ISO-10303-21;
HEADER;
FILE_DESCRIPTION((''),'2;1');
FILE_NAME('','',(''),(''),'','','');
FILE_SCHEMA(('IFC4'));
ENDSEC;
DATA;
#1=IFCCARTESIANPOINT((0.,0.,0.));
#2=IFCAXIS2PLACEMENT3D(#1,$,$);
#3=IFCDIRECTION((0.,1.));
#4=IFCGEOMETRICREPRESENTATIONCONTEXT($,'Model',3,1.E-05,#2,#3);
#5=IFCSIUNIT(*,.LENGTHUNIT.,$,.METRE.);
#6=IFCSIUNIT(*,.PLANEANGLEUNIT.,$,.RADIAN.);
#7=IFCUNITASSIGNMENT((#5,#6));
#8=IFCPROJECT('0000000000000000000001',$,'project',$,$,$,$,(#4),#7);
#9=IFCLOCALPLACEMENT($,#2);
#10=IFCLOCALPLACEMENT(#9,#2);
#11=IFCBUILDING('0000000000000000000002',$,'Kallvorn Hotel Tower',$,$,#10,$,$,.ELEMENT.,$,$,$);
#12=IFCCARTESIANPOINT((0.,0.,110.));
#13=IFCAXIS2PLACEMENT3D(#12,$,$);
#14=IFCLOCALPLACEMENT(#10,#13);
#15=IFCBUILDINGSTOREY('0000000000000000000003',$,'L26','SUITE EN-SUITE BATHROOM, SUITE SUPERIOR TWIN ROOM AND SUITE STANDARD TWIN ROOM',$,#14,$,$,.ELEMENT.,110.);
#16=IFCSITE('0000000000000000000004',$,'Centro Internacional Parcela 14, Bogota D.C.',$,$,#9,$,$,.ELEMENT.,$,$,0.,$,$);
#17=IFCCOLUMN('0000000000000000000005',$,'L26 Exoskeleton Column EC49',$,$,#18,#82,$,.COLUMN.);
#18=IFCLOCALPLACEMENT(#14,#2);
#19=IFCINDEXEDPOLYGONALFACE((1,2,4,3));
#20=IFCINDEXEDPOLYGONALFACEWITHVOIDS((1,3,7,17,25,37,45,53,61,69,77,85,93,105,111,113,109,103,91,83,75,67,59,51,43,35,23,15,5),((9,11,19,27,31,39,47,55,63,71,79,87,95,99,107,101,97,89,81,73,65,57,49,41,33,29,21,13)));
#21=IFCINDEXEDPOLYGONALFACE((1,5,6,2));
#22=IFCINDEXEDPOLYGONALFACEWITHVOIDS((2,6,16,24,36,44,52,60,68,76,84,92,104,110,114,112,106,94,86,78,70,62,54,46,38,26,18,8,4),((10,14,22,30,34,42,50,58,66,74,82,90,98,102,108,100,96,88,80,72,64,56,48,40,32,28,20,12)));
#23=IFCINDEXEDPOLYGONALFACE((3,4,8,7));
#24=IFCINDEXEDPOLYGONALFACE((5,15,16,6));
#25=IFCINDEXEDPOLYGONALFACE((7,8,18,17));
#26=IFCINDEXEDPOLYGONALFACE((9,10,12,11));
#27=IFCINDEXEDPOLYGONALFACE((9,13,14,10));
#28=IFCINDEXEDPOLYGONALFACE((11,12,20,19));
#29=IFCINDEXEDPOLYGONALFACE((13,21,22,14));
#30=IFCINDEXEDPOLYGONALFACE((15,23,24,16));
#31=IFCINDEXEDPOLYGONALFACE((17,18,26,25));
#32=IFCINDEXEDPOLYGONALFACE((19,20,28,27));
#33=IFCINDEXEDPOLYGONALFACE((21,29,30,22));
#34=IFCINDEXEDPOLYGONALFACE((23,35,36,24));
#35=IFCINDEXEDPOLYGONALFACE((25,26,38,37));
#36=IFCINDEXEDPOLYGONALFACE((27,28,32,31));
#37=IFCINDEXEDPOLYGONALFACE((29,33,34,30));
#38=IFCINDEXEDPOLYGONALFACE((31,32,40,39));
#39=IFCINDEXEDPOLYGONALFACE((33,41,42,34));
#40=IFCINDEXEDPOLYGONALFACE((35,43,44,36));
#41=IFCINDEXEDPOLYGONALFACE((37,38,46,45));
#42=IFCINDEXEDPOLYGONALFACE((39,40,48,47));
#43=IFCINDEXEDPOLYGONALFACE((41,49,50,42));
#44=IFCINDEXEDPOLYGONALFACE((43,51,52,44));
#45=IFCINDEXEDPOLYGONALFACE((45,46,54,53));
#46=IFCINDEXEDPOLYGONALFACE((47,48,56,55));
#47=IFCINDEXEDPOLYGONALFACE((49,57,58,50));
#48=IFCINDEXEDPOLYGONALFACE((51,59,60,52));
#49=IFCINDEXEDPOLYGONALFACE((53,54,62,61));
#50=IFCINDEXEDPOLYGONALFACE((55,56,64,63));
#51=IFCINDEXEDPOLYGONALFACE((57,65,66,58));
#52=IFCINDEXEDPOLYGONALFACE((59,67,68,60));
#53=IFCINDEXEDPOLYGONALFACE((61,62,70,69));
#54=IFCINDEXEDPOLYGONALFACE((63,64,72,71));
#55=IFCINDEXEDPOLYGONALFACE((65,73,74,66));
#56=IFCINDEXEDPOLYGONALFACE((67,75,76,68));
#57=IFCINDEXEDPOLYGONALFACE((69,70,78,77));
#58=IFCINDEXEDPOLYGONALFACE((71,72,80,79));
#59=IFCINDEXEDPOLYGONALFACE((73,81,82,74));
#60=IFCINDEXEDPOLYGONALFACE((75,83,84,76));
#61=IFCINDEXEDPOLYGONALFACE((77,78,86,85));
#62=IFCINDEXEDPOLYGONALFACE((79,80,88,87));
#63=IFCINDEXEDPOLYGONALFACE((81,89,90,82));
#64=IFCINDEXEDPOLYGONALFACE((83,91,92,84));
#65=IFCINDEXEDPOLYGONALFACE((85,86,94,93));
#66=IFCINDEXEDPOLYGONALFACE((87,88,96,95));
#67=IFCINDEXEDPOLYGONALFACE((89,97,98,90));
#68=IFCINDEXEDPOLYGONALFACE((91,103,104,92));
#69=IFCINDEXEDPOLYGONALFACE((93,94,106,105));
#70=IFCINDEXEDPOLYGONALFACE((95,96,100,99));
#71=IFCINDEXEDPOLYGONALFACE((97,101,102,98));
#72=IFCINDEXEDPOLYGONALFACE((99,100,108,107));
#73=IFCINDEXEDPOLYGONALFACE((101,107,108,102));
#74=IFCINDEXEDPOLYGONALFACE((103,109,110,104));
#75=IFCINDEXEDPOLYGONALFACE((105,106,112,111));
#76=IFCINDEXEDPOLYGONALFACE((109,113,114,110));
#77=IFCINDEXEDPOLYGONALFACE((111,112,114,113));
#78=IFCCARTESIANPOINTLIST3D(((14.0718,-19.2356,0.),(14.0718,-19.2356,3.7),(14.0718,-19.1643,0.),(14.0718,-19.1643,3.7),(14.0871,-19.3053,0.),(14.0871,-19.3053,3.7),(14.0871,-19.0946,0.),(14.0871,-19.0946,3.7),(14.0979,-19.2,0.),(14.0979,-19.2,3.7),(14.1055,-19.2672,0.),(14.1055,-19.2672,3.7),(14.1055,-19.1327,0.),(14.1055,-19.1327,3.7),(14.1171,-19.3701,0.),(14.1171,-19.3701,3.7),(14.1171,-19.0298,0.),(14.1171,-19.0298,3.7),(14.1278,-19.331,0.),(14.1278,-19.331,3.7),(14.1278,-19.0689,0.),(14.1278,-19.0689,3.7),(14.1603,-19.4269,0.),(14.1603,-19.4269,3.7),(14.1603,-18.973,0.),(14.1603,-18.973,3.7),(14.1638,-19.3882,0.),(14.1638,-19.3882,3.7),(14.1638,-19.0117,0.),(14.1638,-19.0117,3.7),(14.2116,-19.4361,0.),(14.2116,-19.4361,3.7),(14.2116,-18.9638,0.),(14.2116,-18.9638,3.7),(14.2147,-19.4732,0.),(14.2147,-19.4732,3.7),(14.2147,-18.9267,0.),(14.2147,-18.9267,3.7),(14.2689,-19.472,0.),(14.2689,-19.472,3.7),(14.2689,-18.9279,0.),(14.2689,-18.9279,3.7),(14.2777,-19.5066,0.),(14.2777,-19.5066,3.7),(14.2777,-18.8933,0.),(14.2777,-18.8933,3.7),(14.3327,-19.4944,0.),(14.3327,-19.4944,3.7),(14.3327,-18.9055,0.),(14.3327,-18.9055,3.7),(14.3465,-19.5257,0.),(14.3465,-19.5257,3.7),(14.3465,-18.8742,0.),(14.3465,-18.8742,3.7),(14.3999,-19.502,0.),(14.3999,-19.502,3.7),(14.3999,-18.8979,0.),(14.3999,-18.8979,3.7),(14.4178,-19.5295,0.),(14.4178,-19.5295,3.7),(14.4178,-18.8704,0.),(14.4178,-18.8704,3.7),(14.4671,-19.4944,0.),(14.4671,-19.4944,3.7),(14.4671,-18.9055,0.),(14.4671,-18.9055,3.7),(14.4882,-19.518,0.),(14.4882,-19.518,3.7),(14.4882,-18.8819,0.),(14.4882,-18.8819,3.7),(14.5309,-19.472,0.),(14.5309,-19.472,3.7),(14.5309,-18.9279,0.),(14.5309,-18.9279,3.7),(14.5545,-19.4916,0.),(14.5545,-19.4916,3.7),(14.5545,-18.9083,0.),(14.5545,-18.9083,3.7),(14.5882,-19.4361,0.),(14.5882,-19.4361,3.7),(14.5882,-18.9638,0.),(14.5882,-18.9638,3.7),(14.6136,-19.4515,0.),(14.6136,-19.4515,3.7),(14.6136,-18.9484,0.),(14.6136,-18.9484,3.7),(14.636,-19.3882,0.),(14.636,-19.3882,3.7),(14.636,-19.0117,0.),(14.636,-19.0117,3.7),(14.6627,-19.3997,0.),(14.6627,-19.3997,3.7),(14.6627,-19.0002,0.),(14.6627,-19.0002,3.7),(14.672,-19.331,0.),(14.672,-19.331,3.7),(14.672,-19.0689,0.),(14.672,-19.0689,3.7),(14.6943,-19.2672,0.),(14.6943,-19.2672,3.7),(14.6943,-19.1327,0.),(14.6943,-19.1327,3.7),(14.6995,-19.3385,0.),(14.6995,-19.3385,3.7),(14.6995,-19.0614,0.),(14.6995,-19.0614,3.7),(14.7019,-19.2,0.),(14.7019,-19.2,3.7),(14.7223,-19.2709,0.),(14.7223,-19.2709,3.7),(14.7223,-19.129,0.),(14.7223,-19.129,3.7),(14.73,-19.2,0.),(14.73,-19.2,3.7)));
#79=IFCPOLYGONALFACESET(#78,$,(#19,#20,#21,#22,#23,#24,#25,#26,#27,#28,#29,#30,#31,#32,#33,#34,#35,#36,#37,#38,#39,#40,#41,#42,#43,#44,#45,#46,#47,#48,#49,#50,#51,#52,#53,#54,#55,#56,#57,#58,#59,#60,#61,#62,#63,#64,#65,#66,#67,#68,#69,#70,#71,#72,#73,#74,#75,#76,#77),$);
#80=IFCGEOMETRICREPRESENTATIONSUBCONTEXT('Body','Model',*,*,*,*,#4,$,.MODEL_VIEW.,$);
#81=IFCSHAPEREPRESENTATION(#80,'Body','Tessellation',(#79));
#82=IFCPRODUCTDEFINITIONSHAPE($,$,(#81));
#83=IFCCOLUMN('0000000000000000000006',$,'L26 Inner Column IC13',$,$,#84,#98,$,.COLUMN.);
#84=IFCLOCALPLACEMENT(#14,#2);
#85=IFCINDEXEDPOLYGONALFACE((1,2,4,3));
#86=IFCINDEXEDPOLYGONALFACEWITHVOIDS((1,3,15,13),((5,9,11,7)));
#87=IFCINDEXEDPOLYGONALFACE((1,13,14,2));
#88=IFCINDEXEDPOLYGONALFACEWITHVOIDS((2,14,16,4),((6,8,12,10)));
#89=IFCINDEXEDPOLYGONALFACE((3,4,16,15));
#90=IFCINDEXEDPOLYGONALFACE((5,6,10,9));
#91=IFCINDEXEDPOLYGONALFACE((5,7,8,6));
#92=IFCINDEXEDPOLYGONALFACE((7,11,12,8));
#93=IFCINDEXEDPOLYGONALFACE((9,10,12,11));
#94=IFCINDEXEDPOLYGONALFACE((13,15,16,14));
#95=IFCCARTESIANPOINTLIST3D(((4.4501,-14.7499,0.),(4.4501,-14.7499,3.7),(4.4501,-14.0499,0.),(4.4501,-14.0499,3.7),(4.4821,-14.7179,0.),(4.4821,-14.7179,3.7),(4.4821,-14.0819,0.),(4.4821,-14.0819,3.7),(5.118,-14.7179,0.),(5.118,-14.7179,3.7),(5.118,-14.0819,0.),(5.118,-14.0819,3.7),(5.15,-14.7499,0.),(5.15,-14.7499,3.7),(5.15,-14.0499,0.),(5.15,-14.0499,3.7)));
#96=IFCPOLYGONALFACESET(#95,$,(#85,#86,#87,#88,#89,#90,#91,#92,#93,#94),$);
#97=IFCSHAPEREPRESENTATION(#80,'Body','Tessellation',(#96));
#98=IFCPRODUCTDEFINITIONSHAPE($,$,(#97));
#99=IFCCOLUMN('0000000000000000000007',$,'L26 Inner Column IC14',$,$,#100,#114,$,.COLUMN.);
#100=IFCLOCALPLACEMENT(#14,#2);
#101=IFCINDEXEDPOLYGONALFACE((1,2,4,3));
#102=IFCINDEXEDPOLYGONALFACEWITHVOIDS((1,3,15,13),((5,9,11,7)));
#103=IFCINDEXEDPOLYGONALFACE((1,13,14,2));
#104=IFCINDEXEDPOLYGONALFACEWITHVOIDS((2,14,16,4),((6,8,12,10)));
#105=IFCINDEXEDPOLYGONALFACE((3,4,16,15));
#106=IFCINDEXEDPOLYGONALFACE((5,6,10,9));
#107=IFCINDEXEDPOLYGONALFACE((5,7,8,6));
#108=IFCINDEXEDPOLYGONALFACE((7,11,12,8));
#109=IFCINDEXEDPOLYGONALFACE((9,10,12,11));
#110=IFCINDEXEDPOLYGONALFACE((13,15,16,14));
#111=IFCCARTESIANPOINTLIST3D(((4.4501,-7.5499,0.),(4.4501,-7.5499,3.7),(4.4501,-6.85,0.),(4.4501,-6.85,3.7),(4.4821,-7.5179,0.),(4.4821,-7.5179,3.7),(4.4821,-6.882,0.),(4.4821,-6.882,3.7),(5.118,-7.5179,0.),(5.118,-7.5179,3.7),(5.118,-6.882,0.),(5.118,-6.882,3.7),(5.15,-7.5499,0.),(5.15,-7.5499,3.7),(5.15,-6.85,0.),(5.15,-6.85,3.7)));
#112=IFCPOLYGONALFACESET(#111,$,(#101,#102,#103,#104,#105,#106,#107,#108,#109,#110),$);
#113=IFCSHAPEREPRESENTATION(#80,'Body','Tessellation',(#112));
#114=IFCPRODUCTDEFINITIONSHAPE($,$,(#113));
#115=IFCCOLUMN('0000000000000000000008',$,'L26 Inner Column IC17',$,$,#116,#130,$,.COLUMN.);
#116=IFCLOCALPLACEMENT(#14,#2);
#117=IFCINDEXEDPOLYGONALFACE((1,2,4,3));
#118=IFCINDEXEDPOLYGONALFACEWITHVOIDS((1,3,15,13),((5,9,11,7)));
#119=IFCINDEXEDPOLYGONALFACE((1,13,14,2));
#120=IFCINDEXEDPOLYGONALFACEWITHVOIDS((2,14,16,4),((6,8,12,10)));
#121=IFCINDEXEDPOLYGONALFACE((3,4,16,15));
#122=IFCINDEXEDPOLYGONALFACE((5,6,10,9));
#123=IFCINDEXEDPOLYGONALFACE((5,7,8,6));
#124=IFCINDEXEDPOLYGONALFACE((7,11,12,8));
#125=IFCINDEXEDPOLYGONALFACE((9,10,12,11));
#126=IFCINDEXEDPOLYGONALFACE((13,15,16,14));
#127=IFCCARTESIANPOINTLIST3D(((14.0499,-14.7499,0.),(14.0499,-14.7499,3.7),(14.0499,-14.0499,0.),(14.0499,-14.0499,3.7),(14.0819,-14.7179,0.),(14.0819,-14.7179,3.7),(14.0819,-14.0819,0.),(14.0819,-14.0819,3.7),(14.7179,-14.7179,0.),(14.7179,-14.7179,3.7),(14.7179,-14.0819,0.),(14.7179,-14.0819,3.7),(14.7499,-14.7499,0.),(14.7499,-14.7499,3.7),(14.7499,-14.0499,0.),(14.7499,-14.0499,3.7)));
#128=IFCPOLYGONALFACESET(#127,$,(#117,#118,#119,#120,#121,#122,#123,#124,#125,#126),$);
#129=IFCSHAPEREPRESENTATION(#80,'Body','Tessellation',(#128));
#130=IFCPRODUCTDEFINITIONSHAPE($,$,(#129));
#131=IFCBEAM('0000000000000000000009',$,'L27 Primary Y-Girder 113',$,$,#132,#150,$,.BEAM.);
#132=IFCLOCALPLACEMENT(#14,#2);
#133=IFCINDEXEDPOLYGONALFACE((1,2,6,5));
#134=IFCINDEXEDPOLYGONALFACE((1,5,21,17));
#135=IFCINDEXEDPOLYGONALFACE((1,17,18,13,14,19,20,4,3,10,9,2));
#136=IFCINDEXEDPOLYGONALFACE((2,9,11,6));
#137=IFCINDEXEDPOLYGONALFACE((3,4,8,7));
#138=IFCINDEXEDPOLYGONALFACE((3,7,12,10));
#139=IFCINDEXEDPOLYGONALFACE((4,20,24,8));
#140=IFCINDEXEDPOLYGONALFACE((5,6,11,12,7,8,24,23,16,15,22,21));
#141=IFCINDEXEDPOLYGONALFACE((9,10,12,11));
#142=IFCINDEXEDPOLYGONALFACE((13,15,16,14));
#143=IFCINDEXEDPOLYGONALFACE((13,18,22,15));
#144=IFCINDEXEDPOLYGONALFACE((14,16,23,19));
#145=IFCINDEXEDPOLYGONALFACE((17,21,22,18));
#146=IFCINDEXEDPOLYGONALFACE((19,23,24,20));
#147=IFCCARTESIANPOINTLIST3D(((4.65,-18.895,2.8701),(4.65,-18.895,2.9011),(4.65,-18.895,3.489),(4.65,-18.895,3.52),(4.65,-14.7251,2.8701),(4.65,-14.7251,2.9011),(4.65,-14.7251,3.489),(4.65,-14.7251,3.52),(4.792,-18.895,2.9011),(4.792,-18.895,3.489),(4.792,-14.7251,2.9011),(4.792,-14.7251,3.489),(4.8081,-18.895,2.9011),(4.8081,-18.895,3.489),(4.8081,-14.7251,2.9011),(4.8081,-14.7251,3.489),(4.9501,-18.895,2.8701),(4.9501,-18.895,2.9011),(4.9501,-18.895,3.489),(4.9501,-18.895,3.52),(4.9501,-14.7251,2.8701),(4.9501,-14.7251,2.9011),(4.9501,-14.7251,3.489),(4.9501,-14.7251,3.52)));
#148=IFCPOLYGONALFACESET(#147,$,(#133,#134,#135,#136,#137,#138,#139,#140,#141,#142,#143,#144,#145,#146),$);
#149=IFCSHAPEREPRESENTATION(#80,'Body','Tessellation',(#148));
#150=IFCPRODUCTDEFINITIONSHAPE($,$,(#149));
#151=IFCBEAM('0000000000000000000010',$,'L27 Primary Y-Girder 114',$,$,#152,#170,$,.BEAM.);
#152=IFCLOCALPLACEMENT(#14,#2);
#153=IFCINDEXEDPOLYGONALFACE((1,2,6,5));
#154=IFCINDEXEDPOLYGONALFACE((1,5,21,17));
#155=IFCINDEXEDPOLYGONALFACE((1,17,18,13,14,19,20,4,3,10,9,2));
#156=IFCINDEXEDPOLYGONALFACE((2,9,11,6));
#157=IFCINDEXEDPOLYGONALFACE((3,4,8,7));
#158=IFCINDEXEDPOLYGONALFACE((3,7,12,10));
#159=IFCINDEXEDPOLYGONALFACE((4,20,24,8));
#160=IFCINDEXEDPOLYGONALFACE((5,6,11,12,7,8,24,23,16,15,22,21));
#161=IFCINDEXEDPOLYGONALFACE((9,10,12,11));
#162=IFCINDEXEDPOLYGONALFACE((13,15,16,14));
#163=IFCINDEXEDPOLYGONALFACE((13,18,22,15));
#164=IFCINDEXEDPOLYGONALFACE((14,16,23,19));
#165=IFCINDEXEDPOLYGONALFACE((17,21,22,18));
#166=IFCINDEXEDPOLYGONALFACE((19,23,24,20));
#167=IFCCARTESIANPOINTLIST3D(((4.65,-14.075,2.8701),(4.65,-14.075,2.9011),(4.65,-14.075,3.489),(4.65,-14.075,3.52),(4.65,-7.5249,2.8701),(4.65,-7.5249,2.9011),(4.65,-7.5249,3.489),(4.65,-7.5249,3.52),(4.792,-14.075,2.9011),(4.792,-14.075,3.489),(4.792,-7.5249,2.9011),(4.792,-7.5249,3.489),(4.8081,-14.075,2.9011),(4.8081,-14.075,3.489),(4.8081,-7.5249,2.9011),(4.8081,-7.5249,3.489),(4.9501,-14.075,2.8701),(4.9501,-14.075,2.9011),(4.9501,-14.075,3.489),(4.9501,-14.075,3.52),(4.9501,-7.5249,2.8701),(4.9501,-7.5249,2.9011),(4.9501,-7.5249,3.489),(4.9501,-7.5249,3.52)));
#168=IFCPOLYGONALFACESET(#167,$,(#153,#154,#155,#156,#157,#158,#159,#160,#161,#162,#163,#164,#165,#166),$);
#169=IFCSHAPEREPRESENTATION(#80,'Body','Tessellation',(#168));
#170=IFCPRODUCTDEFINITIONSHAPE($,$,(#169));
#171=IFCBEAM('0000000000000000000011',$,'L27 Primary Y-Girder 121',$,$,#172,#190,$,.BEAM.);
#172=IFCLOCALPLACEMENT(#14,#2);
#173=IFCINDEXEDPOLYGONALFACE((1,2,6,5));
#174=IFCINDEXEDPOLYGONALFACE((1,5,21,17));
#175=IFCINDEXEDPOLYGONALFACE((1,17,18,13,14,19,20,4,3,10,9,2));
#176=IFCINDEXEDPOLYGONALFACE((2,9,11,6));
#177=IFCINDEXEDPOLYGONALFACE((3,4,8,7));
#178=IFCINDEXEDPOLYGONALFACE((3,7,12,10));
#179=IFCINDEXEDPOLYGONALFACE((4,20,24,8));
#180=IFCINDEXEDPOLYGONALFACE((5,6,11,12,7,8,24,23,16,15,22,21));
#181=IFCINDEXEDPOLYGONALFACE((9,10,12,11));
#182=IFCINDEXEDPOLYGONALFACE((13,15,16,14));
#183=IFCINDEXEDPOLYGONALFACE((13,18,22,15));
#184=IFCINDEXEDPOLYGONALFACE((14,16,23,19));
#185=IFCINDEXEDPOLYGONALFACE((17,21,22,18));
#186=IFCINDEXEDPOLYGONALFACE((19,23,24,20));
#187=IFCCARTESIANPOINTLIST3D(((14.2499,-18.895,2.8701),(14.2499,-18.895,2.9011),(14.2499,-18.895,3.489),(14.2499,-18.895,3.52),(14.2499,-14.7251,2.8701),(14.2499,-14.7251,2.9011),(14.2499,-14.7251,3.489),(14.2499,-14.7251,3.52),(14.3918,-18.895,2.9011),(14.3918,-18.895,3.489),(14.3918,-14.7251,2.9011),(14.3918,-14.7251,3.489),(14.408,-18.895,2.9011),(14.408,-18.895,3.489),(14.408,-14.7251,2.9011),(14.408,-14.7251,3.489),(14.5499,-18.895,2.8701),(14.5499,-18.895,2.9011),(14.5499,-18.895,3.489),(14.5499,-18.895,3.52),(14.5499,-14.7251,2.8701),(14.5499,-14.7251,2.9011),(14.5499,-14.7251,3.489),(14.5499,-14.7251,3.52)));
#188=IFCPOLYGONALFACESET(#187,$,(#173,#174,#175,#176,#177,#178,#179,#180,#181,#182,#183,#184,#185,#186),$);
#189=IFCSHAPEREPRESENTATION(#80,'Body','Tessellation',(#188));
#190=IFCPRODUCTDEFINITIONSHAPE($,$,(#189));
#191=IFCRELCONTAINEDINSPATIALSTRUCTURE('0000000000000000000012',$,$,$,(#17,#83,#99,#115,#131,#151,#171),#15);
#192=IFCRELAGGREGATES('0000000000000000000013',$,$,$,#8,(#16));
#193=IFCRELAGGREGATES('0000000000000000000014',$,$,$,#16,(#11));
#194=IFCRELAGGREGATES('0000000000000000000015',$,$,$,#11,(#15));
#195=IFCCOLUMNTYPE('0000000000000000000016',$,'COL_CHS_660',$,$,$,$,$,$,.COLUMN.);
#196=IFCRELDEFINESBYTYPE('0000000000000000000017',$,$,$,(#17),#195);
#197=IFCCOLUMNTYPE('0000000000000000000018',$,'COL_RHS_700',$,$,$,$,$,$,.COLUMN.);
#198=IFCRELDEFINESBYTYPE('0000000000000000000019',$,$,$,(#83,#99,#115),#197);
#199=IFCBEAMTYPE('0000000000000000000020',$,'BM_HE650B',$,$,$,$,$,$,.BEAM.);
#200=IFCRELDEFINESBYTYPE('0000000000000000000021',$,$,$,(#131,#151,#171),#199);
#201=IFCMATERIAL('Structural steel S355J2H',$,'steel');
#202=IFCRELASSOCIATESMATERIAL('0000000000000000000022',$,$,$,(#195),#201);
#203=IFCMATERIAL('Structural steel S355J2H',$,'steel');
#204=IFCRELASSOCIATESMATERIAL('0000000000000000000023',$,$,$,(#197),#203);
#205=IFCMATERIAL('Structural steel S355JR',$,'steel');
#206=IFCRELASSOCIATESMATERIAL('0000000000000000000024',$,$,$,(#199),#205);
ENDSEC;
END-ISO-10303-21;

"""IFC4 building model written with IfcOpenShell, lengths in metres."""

from ifc_helpers import new_model, si_unit, direction, frame, origin, origin_2d, place, context, subcontext, project, spatial, hollow_rectangle, hollow_circle, i_section, extrude, material, material_profile, profile_set, type_object, element, save


model = new_model("IFC4")

# Units and contexts
model_context = context("Model", 3, precision=1e-05, world=origin(), true_north=direction((0.0, 1.0)))
body_context = subcontext(model_context, "Body", "Model", "MODEL_VIEW")
ifc_project = project(units=[si_unit("LENGTHUNIT", "METRE"), si_unit("PLANEANGLEUNIT", "RADIAN")], contexts=[model_context])

# Site, building, storey
site_placement = place(None, origin())
site = spatial("IfcSite", under=ifc_project, at=site_placement, Name="Centro Internacional Parcela 14, Bogota D.C.", CompositionType="ELEMENT", RefElevation=0.0)
building_placement = place(site_placement, origin())
building = spatial("IfcBuilding", under=site, at=building_placement, Name="Kallvorn Hotel Tower", CompositionType="ELEMENT")
storey_placement = place(building_placement, frame((0.0, 0.0, 110.0)))
storey = spatial("IfcBuildingStorey", under=building, at=storey_placement, Name="L26", Description="SUITE EN-SUITE BATHROOM, SUITE SUPERIOR TWIN ROOM AND SUITE STANDARD TWIN ROOM", CompositionType="ELEMENT", Elevation=110.0)

# Columns
ifc_material_1 = material(Name="Structural steel S355J2H", Category="steel")
ifc_material_profile_1 = material_profile(ifc_material_1, hollow_circle(Radius=0.3301, WallThickness=0.0281, at=origin_2d()), Name="CHS 660x28")
ifc_profile_set_1 = profile_set([ifc_material_profile_1], Name="Structural steel S355J2H")
column_type_1 = type_object("IfcColumnType", Name="COL_CHS_660", PredefinedType="COLUMN", material=ifc_profile_set_1)
for number, where, z_axis, x_axis, name in (
    (1, (14.3999, -19.2, 0.0), (0.0, 0.0, 1.0), (1.0, 0.0, 0.0), "L26 Exoskeleton Column EC49"),
):
    element("IfcColumn", number, at=place(storey_placement, frame(where, z_axis=z_axis, x_axis=x_axis)), inside=storey, type_object=column_type_1, Name=name, PredefinedType="COLUMN", context=body_context, shape_type="SweptSolid", body=[
        extrude(hollow_circle(Radius=0.3301, WallThickness=0.0281, at=origin_2d()), origin(), (0.0, 0.0, 1.0), 3.7),
    ])
ifc_material_2 = material(Name="Structural steel S355J2H", Category="steel")
ifc_material_profile_2 = material_profile(ifc_material_2, hollow_rectangle(XDim=0.7, YDim=0.7, WallThickness=0.032, at=origin_2d()), Name="RHS 700x700x32")
ifc_profile_set_2 = profile_set([ifc_material_profile_2], Name="Structural steel S355J2H")
column_type_2 = type_object("IfcColumnType", Name="COL_RHS_700", PredefinedType="COLUMN", material=ifc_profile_set_2)
for number, where, z_axis, x_axis, name in (
    (2, (4.8, -14.3999, 0.0), (0.0, 0.0, 1.0), (1.0, 0.0, 0.0), "L26 Inner Column IC13"),
    (3, (4.8, -7.2, 0.0), (0.0, 0.0, 1.0), (1.0, 0.0, 0.0), "L26 Inner Column IC14"),
    (4, (14.3999, -14.3999, 0.0), (0.0, 0.0, 1.0), (1.0, 0.0, 0.0), "L26 Inner Column IC17"),
):
    element("IfcColumn", number, at=place(storey_placement, frame(where, z_axis=z_axis, x_axis=x_axis)), inside=storey, type_object=column_type_2, Name=name, PredefinedType="COLUMN", context=body_context, shape_type="SweptSolid", body=[
        extrude(hollow_rectangle(XDim=0.7, YDim=0.7, WallThickness=0.032, at=origin_2d()), origin(), (0.0, 0.0, 1.0), 3.7),
    ])

# Beams
ifc_material_3 = material(Name="Structural steel S355JR", Category="steel")
ifc_material_profile_3 = material_profile(ifc_material_3, i_section(OverallWidth=0.3, OverallDepth=0.6499, WebThickness=0.0161, FlangeThickness=0.031, at=origin_2d()), Name="HE 650 B")
ifc_profile_set_3 = profile_set([ifc_material_profile_3], Name="Structural steel S355JR")
beam_type_1 = type_object("IfcBeamType", Name="BM_HE650B", PredefinedType="BEAM", material=ifc_profile_set_3)
beam_1_placement = place(storey_placement, frame((4.8, -18.895, 3.1951), z_axis=(0.0, 1.0, 0.0), x_axis=(-1.0, 0.0, 0.0)))
element("IfcBeam", 5, at=beam_1_placement, inside=storey, type_object=beam_type_1, Name="L27 Primary Y-Girder 113", PredefinedType="BEAM", context=body_context, shape_type="SweptSolid", body=[
    extrude(i_section(OverallWidth=0.3, OverallDepth=0.6499, WebThickness=0.0161, FlangeThickness=0.031, at=origin_2d()), origin(), (0.0, 0.0, 1.0), 4.1699),
])
beam_2_placement = place(storey_placement, frame((4.8, -14.075, 3.1951), z_axis=(0.0, 1.0, 0.0), x_axis=(-1.0, 0.0, 0.0)))
element("IfcBeam", 6, at=beam_2_placement, inside=storey, type_object=beam_type_1, Name="L27 Primary Y-Girder 114", PredefinedType="BEAM", context=body_context, shape_type="SweptSolid", body=[
    extrude(i_section(OverallWidth=0.3, OverallDepth=0.6499, WebThickness=0.0161, FlangeThickness=0.031, at=origin_2d()), origin(), (0.0, 0.0, 1.0), 6.55),
])
beam_3_placement = place(storey_placement, frame((14.3999, -18.895, 3.1951), z_axis=(0.0, 1.0, 0.0), x_axis=(-1.0, 0.0, 0.0)))
element("IfcBeam", 7, at=beam_3_placement, inside=storey, type_object=beam_type_1, Name="L27 Primary Y-Girder 121", PredefinedType="BEAM", context=body_context, shape_type="SweptSolid", body=[
    extrude(i_section(OverallWidth=0.3, OverallDepth=0.6499, WebThickness=0.0161, FlangeThickness=0.031, at=origin_2d()), origin(), (0.0, 0.0, 1.0), 4.1699),
])

save(model, "model.ifc")
